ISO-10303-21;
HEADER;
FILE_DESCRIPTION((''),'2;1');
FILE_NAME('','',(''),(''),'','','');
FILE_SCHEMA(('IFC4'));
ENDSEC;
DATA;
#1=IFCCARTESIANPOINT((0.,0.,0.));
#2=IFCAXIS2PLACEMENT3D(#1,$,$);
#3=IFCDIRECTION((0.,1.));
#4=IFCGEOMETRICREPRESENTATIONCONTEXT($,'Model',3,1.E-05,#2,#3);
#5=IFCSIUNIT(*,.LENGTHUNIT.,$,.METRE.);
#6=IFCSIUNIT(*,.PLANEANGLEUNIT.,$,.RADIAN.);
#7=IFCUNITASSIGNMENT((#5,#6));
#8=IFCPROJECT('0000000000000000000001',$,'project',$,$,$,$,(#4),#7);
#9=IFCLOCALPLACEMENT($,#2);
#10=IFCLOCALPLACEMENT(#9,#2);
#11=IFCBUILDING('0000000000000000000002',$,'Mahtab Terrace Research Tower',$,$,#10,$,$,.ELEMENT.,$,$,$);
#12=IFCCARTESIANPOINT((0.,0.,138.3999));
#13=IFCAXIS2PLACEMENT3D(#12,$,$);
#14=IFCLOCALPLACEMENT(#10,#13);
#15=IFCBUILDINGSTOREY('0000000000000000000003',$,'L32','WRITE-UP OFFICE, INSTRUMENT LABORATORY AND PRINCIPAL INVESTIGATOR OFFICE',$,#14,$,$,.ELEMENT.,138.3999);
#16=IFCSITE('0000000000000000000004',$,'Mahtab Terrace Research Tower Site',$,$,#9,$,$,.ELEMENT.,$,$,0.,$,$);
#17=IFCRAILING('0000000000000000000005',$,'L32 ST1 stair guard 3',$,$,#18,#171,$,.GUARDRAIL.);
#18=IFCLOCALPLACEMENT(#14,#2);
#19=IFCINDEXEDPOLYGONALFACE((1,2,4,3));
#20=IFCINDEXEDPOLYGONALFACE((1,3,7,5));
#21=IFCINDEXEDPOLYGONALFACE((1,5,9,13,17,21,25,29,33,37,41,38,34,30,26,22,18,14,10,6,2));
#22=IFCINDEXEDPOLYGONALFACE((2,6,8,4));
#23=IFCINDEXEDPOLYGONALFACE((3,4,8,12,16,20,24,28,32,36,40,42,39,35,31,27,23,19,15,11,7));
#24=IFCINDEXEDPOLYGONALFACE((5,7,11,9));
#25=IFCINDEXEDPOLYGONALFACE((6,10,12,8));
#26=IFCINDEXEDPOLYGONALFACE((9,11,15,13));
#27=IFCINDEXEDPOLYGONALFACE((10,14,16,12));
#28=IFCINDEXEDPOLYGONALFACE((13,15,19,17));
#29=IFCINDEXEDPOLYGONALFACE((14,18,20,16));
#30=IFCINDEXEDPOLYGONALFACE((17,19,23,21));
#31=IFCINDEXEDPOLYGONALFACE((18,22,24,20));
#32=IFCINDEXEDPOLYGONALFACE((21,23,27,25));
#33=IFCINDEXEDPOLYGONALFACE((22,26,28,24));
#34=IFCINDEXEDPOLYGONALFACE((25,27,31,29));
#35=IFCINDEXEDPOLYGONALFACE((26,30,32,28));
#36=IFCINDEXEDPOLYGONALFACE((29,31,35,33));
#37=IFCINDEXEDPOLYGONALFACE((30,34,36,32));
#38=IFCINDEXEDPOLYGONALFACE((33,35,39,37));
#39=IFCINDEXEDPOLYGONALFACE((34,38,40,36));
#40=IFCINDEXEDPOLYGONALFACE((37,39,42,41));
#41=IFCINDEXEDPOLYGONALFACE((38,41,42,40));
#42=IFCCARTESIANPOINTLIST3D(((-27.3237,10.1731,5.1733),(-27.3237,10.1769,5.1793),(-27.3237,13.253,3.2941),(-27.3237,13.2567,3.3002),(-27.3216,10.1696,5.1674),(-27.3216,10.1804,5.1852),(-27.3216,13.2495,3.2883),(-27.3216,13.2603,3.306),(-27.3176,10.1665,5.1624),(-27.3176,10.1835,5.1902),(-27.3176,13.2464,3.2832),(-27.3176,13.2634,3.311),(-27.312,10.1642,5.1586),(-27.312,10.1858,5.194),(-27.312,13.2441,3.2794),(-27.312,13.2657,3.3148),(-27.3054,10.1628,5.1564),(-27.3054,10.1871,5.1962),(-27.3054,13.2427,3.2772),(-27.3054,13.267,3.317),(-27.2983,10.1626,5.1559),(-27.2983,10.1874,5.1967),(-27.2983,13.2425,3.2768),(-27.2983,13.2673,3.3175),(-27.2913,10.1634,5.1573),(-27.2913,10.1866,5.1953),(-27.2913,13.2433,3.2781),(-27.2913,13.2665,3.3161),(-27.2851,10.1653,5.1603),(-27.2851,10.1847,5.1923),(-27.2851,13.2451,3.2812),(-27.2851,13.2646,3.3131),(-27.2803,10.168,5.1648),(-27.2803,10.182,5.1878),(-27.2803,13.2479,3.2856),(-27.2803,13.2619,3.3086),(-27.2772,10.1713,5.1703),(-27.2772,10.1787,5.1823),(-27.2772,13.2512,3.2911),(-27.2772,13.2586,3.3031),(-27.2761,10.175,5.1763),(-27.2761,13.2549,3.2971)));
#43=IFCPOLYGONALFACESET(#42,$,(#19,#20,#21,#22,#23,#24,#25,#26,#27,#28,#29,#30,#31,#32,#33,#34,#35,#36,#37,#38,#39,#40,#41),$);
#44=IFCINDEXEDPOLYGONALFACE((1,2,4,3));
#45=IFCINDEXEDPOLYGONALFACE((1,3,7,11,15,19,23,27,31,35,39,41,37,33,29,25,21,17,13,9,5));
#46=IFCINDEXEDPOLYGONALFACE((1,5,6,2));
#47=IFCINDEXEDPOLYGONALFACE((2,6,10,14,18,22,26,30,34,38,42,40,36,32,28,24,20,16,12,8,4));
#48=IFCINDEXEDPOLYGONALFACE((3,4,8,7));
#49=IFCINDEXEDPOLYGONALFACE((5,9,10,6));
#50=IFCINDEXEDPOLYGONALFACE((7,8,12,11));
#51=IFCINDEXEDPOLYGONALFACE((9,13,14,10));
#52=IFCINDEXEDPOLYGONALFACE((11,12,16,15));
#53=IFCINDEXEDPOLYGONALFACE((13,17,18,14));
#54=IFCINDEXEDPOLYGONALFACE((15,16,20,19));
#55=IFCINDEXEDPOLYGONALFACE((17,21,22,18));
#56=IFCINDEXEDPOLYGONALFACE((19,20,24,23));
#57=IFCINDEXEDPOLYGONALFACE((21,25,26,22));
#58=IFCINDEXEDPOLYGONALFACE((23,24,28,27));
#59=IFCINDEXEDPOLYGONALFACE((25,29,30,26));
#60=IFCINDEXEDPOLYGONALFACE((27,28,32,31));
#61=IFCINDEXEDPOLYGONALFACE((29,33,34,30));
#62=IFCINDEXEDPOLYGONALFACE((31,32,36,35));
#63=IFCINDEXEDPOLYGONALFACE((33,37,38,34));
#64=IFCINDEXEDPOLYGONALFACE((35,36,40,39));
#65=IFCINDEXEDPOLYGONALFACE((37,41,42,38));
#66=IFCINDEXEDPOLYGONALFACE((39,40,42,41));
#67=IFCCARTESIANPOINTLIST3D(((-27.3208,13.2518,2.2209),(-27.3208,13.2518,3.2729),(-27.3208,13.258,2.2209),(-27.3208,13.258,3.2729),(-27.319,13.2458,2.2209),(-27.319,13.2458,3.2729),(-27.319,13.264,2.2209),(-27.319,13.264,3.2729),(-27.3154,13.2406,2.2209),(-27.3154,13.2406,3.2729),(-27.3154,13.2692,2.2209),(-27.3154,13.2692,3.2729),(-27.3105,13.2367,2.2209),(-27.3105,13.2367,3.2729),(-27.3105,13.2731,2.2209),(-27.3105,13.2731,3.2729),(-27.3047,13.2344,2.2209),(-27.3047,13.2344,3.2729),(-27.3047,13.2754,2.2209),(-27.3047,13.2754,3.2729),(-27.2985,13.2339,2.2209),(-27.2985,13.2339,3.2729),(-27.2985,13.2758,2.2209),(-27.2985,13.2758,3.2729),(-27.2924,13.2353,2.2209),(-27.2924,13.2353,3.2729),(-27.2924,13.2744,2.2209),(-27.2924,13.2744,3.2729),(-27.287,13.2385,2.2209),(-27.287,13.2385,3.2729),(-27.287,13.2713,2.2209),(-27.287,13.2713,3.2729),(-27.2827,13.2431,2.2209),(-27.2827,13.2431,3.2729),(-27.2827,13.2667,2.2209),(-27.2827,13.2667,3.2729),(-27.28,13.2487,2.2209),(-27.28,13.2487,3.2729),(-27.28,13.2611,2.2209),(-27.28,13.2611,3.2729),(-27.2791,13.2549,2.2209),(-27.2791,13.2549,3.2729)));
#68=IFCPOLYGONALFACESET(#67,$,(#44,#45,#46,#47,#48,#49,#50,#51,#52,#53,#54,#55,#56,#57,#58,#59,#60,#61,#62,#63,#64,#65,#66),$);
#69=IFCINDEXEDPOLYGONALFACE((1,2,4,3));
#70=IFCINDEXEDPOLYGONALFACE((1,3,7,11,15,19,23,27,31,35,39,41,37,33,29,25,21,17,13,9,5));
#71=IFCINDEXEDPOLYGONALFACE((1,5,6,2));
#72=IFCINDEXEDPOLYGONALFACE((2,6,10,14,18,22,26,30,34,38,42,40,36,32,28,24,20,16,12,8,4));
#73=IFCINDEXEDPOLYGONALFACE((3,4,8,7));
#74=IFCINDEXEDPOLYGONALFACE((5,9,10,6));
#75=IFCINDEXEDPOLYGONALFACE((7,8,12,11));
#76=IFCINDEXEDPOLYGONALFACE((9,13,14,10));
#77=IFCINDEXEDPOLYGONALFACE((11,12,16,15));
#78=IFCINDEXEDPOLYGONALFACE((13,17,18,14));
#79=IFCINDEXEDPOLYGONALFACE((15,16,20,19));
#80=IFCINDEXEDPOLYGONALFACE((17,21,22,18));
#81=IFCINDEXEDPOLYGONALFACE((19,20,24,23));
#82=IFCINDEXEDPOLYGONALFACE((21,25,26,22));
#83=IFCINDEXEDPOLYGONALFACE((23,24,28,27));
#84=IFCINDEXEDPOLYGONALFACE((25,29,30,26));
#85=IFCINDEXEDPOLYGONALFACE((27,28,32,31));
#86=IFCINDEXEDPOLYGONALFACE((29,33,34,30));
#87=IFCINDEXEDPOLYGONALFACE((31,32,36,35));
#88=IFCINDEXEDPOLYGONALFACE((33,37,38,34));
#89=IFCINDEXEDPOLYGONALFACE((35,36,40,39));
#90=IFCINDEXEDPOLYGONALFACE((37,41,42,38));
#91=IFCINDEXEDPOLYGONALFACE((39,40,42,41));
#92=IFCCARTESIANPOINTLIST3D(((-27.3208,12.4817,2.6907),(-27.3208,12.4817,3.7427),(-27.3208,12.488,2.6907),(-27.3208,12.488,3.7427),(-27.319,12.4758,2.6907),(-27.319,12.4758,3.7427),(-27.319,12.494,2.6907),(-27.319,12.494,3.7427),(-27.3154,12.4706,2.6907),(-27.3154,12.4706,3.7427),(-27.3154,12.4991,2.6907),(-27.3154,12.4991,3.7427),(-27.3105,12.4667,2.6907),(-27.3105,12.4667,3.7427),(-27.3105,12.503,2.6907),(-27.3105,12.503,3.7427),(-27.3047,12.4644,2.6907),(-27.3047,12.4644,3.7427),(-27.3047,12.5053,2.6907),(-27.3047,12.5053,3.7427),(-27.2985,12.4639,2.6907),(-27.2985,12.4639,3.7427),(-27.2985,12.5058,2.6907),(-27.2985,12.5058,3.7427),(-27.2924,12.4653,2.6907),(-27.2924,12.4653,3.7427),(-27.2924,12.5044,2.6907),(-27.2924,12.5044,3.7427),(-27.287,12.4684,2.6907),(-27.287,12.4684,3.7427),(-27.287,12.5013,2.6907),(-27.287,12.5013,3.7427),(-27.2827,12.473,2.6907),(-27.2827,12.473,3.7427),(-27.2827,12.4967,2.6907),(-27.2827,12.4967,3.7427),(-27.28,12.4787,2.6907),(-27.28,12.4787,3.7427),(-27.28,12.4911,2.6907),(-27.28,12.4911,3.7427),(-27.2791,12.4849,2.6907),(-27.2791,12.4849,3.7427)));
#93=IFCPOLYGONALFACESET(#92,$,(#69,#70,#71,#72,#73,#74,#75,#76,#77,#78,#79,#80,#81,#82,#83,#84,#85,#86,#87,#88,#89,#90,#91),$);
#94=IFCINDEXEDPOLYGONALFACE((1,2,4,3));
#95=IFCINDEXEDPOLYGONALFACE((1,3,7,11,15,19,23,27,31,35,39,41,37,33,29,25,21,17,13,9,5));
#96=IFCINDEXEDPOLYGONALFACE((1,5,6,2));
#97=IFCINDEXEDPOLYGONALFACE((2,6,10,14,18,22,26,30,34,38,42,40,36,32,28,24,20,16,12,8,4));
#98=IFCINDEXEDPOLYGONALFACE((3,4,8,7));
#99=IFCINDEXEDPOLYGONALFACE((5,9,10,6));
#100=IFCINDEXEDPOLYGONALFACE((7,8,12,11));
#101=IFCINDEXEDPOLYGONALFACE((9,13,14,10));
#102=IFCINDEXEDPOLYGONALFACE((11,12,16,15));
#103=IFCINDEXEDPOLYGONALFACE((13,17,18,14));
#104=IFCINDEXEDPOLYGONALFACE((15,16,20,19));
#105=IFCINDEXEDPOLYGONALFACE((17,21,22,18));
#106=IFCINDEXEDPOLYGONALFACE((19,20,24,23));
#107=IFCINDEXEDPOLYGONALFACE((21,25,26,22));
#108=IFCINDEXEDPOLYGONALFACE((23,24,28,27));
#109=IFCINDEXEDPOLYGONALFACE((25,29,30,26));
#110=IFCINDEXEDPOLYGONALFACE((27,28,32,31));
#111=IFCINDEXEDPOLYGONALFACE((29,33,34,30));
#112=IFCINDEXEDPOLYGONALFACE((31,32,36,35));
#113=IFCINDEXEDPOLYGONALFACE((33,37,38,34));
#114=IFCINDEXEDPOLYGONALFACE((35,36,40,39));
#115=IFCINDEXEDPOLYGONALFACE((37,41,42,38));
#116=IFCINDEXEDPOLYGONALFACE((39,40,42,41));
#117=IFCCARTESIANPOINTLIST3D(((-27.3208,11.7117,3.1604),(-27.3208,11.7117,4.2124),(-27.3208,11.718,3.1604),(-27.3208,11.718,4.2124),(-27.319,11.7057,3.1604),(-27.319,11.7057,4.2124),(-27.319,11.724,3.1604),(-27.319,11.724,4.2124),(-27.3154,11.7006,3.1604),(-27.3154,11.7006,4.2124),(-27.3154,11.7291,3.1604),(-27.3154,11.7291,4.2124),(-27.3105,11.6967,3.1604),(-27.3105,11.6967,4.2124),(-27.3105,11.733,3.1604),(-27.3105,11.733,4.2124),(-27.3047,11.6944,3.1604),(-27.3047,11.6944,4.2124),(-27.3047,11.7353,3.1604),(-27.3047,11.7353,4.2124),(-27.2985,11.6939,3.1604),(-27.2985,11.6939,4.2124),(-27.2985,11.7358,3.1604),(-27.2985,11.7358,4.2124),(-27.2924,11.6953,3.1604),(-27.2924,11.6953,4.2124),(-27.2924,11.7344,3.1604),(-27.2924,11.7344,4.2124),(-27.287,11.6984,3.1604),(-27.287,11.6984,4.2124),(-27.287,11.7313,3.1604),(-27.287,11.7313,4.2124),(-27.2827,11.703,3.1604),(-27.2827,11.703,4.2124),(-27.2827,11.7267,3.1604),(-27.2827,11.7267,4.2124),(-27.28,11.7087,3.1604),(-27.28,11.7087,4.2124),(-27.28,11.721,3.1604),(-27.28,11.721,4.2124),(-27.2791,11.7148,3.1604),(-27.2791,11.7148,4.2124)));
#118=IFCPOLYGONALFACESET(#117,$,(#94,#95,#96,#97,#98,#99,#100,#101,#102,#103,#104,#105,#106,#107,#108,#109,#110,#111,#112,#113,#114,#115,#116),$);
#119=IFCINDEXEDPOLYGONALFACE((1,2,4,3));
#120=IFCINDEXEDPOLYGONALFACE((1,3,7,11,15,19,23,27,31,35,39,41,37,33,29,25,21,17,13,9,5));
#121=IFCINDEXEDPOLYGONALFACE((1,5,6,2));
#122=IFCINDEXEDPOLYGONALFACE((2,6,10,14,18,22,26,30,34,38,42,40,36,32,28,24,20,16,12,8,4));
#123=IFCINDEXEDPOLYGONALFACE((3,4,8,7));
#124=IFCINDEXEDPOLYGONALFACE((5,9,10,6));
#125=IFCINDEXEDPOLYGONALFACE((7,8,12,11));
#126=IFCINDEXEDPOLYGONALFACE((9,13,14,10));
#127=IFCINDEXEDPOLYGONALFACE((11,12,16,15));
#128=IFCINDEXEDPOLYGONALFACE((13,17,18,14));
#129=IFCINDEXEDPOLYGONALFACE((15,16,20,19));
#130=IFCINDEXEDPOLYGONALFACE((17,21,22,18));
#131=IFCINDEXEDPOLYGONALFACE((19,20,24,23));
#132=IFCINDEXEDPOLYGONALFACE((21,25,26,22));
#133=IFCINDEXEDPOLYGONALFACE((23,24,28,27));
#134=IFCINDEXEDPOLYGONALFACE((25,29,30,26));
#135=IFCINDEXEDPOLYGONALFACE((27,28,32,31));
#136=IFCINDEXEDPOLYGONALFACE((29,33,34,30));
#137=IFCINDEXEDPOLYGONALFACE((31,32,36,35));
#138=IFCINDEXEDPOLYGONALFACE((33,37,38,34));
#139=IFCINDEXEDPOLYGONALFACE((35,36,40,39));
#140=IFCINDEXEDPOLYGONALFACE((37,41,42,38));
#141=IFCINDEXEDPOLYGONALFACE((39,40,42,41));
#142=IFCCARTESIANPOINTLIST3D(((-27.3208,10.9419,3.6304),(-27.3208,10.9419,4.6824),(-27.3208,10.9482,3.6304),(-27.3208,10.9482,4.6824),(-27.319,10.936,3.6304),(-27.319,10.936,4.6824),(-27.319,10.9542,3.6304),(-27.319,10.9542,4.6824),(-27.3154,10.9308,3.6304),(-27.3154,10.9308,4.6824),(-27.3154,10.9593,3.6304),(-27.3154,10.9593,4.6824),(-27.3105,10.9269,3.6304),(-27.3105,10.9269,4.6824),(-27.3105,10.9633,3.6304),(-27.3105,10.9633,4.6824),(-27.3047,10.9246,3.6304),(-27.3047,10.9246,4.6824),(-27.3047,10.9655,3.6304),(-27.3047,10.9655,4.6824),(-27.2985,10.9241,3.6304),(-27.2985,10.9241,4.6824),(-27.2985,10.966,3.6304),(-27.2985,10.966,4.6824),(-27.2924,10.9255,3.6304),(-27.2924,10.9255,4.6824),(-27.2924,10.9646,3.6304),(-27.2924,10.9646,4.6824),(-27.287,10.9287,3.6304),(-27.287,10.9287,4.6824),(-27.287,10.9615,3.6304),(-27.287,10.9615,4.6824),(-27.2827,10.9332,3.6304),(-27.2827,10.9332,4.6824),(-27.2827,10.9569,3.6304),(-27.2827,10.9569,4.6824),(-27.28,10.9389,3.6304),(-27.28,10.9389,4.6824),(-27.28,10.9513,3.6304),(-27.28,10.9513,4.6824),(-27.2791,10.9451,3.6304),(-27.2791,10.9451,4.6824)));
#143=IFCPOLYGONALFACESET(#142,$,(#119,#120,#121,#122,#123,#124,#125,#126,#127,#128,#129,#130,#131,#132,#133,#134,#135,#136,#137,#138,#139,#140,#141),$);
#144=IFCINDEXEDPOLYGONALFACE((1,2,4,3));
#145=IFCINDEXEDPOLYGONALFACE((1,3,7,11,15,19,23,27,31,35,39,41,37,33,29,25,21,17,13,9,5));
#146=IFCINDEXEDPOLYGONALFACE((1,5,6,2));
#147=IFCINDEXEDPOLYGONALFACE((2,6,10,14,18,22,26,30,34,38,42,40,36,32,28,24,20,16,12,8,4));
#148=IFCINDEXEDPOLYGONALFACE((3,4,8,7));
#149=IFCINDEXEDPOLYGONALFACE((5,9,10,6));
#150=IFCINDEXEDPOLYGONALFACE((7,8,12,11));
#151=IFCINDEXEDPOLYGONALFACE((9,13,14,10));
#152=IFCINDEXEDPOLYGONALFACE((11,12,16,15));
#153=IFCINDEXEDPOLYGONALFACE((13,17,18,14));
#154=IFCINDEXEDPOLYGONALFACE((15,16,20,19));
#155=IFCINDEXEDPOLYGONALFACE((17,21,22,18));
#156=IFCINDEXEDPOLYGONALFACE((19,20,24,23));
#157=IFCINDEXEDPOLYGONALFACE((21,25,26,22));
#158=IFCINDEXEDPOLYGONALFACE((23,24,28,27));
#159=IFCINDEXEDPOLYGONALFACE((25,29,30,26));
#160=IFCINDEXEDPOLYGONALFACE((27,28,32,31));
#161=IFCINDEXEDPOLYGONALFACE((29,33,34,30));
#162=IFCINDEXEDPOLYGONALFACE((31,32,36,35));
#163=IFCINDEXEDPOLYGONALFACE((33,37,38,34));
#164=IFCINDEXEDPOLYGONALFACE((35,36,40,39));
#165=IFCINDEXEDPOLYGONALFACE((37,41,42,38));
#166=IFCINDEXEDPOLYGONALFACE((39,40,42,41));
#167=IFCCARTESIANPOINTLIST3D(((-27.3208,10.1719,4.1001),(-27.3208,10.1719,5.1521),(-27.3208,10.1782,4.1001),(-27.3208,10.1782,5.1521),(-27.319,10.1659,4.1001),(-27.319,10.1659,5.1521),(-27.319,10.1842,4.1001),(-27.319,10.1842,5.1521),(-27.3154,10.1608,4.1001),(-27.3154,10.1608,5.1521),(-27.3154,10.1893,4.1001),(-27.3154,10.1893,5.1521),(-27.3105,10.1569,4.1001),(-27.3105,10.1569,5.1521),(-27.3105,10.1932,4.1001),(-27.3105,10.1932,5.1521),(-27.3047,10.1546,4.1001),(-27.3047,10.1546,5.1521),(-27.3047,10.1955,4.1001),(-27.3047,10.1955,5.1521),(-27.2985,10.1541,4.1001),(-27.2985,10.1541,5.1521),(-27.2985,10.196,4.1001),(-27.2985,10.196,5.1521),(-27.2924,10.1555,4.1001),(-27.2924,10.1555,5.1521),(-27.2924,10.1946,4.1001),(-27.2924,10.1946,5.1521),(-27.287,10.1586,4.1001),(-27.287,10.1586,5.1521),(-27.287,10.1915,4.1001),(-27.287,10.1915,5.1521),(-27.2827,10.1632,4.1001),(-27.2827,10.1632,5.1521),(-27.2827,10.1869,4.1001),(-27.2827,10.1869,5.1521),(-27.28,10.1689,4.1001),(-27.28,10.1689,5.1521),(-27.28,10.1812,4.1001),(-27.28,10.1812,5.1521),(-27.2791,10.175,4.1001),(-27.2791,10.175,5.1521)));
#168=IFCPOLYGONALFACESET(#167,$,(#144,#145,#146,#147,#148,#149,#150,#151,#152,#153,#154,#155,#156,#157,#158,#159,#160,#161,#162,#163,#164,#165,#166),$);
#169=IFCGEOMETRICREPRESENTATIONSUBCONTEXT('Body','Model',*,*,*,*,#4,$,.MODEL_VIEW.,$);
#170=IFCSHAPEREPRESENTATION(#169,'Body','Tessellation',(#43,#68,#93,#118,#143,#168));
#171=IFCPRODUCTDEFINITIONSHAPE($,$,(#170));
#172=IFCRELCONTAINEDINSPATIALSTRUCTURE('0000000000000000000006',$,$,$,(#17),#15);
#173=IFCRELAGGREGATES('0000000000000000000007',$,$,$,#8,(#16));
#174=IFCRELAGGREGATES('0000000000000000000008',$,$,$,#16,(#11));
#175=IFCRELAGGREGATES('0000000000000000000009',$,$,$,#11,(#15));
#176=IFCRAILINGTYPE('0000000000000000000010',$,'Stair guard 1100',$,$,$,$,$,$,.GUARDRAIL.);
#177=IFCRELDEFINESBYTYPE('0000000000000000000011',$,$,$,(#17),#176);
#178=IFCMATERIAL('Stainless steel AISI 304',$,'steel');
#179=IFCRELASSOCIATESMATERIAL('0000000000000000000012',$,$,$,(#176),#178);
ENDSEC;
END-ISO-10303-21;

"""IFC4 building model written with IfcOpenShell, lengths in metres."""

from ifc_helpers import new_model, si_unit, direction, frame, origin, origin_2d, place, context, subcontext, project, spatial, circle, extrude, material, type_object, element, save


model = new_model("IFC4")

# Units and contexts
model_context = context("Model", 3, precision=1e-05, world=origin(), true_north=direction((0.0, 1.0)))
body_context = subcontext(model_context, "Body", "Model", "MODEL_VIEW")
ifc_project = project(units=[si_unit("LENGTHUNIT", "METRE"), si_unit("PLANEANGLEUNIT", "RADIAN")], contexts=[model_context])

# Site, building, storey
site_placement = place(None, origin())
site = spatial("IfcSite", under=ifc_project, at=site_placement, Name="Mahtab Terrace Research Tower Site", CompositionType="ELEMENT", RefElevation=0.0)
building_placement = place(site_placement, origin())
building = spatial("IfcBuilding", under=site, at=building_placement, Name="Mahtab Terrace Research Tower", CompositionType="ELEMENT")
storey_placement = place(building_placement, frame((0.0, 0.0, 138.3999)))
storey = spatial("IfcBuildingStorey", under=building, at=storey_placement, Name="L32", Description="WRITE-UP OFFICE, INSTRUMENT LABORATORY AND PRINCIPAL INVESTIGATOR OFFICE", CompositionType="ELEMENT", Elevation=138.3999)

# Shared definitions
ifc_material_1 = material(Name="Stainless steel AISI 304", Category="steel")

# Railing
railing_type_1 = type_object("IfcRailingType", Name="Stair guard 1100", PredefinedType="GUARDRAIL", material=ifc_material_1)
railing_1_placement = place(storey_placement, frame((-27.3, 13.2549, 2.2209)))
element("IfcRailing", 1, at=railing_1_placement, inside=storey, type_object=railing_type_1, Name="L32 ST1 stair guard 3", PredefinedType="GUARDRAIL", context=body_context, shape_type="SweptSolid", body=[
    extrude(circle(Radius=0.0239, at=origin_2d()), frame((0.0, 0.0, 1.0762), z_axis=(0.0, -0.853648, 0.52085), x_axis=(1.0, 0.0, 0.0)), (0.0, 0.0, 1.0), 3.6079),
    extrude(circle(Radius=0.021, at=origin_2d()), origin(), (0.0, 0.0, 1.0), 1.052),
    extrude(circle(Radius=0.021, at=origin_2d()), frame((0.0, -0.77, 0.4697)), (0.0, 0.0, 1.0), 1.052),
    extrude(circle(Radius=0.021, at=origin_2d()), frame((0.0, -1.54, 0.9395)), (0.0, 0.0, 1.0), 1.052),
    extrude(circle(Radius=0.021, at=origin_2d()), frame((0.0, -2.3098, 1.4094)), (0.0, 0.0, 1.0), 1.052),
    extrude(circle(Radius=0.021, at=origin_2d()), frame((0.0, -3.0798, 1.8792)), (0.0, 0.0, 1.0), 1.052),
])

save(model, "model.ifc")
